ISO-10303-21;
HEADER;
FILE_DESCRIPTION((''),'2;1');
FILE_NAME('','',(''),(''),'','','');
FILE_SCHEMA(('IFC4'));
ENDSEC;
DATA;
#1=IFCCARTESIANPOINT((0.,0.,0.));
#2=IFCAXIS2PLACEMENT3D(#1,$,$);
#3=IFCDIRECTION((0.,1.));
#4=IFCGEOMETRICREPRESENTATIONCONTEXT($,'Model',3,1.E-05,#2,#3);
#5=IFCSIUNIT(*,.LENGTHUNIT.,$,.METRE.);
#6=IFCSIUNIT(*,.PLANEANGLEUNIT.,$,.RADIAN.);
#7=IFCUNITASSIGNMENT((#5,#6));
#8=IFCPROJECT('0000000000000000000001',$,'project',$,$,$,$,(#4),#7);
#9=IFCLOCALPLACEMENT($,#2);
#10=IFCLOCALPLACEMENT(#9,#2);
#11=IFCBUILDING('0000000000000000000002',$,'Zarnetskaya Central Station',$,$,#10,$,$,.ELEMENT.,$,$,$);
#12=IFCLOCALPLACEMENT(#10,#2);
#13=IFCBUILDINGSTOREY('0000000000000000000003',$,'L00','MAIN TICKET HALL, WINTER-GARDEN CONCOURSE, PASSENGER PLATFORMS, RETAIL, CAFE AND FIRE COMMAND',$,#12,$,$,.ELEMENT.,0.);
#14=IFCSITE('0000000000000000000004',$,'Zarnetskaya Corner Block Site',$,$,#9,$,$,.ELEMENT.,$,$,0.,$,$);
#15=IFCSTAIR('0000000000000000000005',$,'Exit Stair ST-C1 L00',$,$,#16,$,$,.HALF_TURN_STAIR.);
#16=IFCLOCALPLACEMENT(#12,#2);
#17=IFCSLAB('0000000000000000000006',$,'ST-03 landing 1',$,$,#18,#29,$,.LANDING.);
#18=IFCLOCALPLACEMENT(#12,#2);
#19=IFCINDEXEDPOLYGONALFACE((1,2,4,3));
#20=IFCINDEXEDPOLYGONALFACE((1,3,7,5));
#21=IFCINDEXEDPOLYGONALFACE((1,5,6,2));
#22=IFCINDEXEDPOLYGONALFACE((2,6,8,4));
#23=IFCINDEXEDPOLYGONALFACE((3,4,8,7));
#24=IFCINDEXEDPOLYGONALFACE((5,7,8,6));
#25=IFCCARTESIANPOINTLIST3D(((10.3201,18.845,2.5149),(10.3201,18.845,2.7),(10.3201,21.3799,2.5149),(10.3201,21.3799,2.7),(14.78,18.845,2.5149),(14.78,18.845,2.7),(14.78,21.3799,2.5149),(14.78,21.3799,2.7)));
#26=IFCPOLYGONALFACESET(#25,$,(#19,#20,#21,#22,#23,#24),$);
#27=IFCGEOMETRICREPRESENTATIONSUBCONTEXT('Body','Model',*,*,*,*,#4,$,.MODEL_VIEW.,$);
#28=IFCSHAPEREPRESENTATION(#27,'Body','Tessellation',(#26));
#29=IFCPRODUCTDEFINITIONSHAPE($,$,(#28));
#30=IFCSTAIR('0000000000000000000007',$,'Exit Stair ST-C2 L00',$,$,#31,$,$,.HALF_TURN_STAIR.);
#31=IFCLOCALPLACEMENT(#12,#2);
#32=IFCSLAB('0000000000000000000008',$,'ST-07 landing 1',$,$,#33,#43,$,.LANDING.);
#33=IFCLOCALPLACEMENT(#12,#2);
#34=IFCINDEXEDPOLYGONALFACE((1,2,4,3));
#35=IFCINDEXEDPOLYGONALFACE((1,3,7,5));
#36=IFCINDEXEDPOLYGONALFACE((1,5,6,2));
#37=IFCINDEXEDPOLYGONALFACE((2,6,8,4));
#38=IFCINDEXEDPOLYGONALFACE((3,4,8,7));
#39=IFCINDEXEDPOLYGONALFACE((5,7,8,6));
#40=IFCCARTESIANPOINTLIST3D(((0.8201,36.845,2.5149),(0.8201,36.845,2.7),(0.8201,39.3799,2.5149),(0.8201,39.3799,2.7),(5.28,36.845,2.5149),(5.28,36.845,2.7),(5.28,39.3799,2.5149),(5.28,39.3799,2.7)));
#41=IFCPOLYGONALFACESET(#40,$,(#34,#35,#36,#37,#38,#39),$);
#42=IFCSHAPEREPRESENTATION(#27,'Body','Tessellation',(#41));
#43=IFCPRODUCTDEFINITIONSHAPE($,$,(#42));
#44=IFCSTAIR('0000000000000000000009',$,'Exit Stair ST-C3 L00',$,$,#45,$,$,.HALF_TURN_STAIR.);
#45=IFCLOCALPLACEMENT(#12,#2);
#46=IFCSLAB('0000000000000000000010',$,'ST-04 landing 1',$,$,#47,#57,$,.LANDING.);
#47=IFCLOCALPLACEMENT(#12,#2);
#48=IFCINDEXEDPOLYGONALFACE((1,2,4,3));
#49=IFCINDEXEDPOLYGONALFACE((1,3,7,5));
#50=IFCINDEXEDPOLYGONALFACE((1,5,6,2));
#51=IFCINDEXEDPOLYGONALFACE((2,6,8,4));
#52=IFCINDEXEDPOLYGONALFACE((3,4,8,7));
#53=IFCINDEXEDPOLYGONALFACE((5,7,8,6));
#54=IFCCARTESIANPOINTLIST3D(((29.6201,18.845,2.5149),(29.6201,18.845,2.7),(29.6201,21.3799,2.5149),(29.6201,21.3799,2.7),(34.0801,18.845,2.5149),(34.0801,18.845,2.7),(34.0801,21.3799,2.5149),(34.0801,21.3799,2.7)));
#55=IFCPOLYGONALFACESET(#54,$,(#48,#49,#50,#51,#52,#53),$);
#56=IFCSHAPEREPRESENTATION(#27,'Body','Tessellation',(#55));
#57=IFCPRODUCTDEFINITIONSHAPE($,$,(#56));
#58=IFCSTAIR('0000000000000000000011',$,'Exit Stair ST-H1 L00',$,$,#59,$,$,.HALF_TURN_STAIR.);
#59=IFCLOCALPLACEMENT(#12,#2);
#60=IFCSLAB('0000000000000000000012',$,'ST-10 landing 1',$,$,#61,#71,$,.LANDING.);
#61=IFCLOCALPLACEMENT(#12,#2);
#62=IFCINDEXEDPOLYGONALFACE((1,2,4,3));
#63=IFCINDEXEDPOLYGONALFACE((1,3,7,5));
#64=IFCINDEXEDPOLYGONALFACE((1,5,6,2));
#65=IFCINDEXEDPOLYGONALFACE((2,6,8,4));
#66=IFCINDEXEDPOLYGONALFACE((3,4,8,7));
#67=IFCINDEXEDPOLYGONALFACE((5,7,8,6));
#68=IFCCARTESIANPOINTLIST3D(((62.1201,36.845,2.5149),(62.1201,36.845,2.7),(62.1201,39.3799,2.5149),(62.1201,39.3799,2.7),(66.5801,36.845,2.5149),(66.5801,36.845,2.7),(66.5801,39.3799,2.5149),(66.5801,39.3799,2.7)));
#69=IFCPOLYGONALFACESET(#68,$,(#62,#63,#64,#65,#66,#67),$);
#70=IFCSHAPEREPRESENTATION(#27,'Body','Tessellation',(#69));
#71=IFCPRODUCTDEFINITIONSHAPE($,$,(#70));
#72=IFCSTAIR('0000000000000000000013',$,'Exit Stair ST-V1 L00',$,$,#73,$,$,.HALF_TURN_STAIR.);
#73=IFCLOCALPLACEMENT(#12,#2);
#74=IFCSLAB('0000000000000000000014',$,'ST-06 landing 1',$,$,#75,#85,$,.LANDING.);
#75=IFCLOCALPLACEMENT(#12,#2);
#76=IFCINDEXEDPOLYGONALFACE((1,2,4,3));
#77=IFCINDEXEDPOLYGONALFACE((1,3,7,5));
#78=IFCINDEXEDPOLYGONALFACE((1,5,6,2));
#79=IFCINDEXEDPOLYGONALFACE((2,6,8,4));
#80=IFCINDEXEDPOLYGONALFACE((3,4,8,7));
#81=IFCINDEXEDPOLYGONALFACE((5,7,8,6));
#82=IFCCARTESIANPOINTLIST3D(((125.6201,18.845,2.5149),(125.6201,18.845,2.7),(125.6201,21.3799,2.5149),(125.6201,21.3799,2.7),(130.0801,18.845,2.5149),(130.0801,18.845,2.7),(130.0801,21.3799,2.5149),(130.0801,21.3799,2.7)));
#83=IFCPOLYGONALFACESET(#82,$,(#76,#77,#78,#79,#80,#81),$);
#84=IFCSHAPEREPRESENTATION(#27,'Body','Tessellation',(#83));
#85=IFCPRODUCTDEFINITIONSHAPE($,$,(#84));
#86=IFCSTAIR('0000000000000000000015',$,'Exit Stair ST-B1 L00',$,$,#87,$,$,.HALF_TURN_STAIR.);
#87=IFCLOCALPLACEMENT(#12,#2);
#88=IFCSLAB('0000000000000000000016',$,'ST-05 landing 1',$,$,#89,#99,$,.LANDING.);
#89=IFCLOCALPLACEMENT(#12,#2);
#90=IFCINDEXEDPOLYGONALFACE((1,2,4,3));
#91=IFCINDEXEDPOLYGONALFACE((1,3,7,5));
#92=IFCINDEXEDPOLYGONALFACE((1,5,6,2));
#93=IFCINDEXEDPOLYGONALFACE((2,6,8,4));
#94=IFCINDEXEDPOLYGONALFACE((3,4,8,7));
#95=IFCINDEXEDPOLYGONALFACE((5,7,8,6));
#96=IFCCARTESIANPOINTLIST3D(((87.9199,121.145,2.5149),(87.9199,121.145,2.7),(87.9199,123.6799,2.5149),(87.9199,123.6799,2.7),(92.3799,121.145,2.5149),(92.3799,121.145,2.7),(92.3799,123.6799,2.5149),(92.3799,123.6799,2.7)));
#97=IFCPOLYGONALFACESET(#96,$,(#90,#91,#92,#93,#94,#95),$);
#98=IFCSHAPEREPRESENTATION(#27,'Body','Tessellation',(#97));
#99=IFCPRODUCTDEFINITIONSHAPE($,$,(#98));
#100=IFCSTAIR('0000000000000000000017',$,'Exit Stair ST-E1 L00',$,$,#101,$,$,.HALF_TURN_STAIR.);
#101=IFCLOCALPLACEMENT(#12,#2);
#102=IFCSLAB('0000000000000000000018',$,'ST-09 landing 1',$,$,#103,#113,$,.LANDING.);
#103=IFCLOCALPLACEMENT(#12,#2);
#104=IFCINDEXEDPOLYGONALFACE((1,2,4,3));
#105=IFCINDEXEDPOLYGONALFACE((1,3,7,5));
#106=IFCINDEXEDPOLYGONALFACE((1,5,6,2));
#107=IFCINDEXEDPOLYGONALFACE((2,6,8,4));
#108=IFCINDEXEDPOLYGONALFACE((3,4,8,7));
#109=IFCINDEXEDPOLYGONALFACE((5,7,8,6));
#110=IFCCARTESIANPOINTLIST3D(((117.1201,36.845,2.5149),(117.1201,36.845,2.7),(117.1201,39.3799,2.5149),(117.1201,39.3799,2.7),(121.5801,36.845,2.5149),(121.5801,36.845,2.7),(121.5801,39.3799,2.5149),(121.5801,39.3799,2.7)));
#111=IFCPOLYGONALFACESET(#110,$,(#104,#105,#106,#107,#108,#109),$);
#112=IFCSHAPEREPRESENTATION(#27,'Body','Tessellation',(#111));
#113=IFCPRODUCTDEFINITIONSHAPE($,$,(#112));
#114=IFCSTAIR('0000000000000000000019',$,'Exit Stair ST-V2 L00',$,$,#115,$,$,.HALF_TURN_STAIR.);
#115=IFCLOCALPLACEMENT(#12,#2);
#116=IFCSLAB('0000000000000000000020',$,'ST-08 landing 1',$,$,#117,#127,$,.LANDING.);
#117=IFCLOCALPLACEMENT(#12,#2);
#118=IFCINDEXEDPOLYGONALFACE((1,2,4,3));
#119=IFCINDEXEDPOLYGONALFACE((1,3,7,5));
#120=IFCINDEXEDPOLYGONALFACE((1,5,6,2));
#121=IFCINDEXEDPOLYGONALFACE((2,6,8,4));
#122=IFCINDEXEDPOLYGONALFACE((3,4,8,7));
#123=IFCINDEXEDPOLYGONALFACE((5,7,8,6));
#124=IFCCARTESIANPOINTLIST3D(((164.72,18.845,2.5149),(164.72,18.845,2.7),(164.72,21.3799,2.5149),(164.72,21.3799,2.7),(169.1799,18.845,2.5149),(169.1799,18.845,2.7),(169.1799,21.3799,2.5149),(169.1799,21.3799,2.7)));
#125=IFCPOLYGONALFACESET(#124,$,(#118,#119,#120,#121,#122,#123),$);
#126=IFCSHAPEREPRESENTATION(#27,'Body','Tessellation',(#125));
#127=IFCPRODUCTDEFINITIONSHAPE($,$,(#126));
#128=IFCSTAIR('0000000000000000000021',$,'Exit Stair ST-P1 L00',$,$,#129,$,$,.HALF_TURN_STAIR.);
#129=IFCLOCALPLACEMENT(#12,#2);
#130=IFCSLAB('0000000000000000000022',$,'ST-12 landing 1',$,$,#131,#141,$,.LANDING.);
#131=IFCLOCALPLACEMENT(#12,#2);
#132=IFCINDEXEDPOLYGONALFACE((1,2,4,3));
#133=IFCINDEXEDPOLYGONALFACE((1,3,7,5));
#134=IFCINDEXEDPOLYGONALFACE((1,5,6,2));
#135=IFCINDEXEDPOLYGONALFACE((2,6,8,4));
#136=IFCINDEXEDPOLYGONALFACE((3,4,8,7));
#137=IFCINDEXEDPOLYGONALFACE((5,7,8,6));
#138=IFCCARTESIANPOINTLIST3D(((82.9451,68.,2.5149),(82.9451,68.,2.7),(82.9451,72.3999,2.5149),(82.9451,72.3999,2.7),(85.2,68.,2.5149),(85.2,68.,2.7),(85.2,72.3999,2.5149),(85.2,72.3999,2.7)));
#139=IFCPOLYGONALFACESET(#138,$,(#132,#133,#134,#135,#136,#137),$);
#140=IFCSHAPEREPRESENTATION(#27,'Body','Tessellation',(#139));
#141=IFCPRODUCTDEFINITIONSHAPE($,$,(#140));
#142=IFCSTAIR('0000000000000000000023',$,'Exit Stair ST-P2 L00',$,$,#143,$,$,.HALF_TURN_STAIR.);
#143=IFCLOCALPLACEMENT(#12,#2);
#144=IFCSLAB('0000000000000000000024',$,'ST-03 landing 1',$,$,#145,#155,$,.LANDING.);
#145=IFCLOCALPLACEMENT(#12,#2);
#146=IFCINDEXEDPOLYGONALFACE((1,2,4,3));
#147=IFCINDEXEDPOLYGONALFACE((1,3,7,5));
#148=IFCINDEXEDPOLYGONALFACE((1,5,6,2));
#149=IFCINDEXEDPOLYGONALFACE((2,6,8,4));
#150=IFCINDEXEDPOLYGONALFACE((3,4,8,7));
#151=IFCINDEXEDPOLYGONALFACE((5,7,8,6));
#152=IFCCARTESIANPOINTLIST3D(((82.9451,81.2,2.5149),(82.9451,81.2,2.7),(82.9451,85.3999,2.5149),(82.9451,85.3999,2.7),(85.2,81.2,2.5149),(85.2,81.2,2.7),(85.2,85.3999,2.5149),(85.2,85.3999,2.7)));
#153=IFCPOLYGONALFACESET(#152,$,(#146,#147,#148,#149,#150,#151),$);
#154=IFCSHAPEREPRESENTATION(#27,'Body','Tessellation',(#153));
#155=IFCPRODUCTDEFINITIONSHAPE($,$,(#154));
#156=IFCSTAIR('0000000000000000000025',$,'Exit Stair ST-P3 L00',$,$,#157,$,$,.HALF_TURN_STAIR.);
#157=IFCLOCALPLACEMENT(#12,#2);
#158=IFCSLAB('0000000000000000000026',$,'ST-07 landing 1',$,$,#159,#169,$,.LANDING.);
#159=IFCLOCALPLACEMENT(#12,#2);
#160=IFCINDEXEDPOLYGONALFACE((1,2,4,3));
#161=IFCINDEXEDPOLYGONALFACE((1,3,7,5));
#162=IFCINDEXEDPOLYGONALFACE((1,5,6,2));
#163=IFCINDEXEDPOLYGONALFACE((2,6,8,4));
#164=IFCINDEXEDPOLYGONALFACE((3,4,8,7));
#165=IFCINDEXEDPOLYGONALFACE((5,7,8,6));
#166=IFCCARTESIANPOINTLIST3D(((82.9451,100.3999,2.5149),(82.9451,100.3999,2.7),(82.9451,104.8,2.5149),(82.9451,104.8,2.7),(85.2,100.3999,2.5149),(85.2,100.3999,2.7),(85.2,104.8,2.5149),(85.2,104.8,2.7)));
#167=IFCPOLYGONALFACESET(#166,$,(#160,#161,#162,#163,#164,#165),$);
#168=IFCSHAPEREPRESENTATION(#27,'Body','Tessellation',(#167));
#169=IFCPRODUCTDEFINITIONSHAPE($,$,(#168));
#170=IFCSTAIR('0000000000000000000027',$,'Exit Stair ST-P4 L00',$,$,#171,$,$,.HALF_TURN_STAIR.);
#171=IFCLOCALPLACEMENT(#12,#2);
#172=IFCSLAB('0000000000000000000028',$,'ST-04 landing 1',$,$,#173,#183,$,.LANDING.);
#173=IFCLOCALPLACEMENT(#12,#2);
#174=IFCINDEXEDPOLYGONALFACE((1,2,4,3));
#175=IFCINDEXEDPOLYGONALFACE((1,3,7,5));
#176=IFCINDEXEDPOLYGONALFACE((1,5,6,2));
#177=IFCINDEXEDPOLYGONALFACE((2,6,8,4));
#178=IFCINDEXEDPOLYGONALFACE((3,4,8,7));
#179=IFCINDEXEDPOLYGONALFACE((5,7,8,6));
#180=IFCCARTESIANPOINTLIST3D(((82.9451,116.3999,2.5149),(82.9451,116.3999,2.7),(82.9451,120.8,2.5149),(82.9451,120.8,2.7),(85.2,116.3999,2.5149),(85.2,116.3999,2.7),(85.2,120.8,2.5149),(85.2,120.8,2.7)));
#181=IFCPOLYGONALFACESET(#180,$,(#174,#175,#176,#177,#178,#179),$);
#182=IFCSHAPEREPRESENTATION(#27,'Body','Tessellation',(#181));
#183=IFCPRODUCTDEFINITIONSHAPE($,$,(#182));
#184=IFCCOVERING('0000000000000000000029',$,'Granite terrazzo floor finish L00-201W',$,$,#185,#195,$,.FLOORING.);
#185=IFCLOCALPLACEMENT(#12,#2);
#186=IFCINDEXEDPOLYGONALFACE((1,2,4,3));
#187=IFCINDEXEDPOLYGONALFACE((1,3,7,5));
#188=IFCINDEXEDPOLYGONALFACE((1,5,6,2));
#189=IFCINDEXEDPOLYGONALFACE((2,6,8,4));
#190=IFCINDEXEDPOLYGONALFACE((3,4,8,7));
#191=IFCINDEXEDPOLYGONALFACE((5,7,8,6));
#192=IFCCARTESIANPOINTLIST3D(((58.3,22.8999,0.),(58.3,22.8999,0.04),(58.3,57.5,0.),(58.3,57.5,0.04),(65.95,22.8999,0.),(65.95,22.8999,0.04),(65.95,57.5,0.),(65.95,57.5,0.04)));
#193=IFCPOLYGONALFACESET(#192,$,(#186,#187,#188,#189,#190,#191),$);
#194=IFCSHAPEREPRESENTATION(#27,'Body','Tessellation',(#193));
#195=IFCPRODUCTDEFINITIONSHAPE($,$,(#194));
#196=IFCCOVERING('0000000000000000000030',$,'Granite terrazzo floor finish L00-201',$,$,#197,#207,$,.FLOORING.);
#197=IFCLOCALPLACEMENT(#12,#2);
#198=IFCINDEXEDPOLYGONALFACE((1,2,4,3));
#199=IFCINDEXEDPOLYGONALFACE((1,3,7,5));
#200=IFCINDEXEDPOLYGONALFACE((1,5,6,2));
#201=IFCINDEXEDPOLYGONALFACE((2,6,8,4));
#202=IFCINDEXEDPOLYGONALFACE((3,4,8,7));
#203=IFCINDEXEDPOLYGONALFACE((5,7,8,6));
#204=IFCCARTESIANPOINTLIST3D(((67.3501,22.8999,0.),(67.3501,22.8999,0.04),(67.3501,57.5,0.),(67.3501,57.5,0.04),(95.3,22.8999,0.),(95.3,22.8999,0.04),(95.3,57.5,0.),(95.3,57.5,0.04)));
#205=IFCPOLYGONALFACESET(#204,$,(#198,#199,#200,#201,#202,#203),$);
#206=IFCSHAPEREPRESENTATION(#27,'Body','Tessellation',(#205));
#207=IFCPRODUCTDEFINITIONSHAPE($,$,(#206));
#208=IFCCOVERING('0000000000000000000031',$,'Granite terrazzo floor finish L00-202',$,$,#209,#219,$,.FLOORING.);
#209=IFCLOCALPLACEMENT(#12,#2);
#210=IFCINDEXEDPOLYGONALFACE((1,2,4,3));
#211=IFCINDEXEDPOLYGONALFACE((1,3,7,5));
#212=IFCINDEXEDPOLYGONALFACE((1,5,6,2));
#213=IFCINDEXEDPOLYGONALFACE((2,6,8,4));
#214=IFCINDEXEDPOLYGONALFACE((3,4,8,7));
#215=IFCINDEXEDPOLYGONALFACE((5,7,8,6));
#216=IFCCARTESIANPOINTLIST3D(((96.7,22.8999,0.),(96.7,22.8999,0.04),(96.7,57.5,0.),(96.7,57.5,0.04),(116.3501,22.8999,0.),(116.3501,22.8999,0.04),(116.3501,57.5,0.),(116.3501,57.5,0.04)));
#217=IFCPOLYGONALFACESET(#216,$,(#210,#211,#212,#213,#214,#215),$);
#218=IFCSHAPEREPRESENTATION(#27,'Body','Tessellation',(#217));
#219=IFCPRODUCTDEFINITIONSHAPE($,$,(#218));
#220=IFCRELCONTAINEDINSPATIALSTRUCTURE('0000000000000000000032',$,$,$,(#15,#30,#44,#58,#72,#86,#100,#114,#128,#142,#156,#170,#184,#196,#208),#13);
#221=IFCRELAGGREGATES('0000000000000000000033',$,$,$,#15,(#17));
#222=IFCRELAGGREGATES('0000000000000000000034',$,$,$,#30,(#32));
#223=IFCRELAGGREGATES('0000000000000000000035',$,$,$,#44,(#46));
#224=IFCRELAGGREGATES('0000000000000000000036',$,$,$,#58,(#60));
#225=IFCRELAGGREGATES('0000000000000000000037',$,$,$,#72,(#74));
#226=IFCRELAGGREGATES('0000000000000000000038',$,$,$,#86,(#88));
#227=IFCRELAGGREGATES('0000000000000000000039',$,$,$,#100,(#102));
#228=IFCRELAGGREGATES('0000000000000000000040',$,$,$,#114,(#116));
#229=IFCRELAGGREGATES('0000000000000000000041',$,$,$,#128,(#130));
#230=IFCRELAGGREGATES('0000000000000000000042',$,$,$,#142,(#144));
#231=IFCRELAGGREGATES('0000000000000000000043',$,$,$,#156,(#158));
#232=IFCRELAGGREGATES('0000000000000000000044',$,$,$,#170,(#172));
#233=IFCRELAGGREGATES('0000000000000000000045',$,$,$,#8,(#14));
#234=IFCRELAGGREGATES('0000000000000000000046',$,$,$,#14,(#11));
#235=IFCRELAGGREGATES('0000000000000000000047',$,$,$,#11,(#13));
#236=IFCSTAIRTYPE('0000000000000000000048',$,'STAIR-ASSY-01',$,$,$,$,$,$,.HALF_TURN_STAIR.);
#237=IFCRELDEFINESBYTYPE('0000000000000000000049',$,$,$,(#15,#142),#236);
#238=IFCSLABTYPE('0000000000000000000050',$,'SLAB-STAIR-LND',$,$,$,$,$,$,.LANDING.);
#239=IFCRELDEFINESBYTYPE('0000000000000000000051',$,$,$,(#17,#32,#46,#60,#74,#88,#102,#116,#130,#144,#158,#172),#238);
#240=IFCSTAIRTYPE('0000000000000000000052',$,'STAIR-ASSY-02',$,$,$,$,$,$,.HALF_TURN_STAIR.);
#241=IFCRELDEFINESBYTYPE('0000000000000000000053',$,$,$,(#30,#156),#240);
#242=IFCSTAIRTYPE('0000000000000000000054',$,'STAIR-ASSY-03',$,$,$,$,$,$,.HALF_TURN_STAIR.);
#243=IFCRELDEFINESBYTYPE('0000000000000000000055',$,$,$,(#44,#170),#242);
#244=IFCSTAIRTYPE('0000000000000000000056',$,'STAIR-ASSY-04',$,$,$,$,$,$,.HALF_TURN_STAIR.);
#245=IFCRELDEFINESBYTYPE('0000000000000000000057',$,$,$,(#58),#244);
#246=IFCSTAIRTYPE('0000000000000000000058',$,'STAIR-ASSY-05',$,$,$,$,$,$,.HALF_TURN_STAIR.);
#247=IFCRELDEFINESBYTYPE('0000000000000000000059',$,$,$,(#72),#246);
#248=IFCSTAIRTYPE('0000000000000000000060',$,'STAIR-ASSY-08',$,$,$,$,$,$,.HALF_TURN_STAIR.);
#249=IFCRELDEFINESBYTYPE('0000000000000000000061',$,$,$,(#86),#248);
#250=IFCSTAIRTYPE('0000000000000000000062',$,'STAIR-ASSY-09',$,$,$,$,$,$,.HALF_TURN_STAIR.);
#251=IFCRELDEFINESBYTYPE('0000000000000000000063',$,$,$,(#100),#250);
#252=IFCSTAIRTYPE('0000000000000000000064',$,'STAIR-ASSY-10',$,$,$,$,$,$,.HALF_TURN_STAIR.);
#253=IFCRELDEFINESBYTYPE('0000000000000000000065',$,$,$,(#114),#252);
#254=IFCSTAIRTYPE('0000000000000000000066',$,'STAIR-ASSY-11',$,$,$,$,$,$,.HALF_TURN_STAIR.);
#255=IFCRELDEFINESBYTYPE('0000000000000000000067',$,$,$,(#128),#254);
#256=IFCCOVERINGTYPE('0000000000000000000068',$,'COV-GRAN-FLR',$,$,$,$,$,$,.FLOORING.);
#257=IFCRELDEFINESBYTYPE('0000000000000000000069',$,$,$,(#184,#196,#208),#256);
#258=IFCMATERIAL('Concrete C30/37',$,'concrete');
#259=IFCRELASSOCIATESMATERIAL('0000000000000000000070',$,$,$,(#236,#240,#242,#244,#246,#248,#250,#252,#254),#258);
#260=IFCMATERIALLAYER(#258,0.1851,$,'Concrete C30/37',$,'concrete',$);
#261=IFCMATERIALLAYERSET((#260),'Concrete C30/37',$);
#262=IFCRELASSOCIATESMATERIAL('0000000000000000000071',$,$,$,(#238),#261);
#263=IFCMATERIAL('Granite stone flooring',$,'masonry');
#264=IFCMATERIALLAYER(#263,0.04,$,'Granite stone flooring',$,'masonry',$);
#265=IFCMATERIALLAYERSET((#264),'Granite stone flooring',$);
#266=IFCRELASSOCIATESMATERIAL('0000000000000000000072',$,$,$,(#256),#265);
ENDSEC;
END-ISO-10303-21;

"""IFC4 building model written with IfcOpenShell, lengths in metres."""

from ifc_helpers import new_model, si_unit, direction, frame, origin, place, context, subcontext, project, spatial, polyline, outline, extrude, material, layer, layer_set, type_object, element, aggregate, save


model = new_model("IFC4")

# Units and contexts
model_context = context("Model", 3, precision=1e-05, world=origin(), true_north=direction((0.0, 1.0)))
body_context = subcontext(model_context, "Body", "Model", "MODEL_VIEW")
ifc_project = project(units=[si_unit("LENGTHUNIT", "METRE"), si_unit("PLANEANGLEUNIT", "RADIAN")], contexts=[model_context])

# Site, building, storey
site_placement = place(None, origin())
site = spatial("IfcSite", under=ifc_project, at=site_placement, Name="Zarnetskaya Corner Block Site", CompositionType="ELEMENT", RefElevation=0.0)
building_placement = place(site_placement, origin())
building = spatial("IfcBuilding", under=site, at=building_placement, Name="Zarnetskaya Central Station", CompositionType="ELEMENT")
storey_placement = place(building_placement, origin())
storey = spatial("IfcBuildingStorey", under=building, at=storey_placement, Name="L00", Description="MAIN TICKET HALL, WINTER-GARDEN CONCOURSE, PASSENGER PLATFORMS, RETAIL, CAFE AND FIRE COMMAND", CompositionType="ELEMENT", Elevation=0.0)

# Stairs, slabs
ifc_material_1 = material(Name="Concrete C30/37", Category="concrete")
stair_type_1 = type_object("IfcStairType", Name="STAIR-ASSY-01", PredefinedType="HALF_TURN_STAIR", material=ifc_material_1)
stair_1_placement = place(storey_placement, origin())
stair_1 = element("IfcStair", 1, at=stair_1_placement, inside=storey, type_object=stair_type_1, Name="Exit Stair ST-C1 L00", PredefinedType="HALF_TURN_STAIR")
ifc_layer_1 = layer(ifc_material_1, 0.1851, Name="Concrete C30/37", Category="concrete")
ifc_layer_set_1 = layer_set([ifc_layer_1], Name="Concrete C30/37")
slab_type = type_object("IfcSlabType", Name="SLAB-STAIR-LND", PredefinedType="LANDING", material=ifc_layer_set_1)
slab_1_placement = place(storey_placement, frame((0.0, 0.0, 2.5149)))
slab_1 = element("IfcSlab", 2, at=slab_1_placement, type_object=slab_type, Name="ST-03 landing 1", PredefinedType="LANDING", context=body_context, shape_type="SweptSolid", body=[
    extrude(outline(polyline([(10.3201, 18.845), (14.78, 18.845), (14.78, 21.3799), (10.3201, 21.3799), (10.3201, 18.845)])), origin(), (0.0, 0.0, 1.0), 0.1851),
])
aggregate(stair_1, [slab_1])
stair_type_2 = type_object("IfcStairType", Name="STAIR-ASSY-02", PredefinedType="HALF_TURN_STAIR", material=ifc_material_1)
stair_2_placement = place(storey_placement, origin())
stair_2 = element("IfcStair", 3, at=stair_2_placement, inside=storey, type_object=stair_type_2, Name="Exit Stair ST-C2 L00", PredefinedType="HALF_TURN_STAIR")
slab_2_placement = place(storey_placement, frame((0.0, 0.0, 2.5149)))
slab_2 = element("IfcSlab", 4, at=slab_2_placement, type_object=slab_type, Name="ST-07 landing 1", PredefinedType="LANDING", context=body_context, shape_type="SweptSolid", body=[
    extrude(outline(polyline([(0.8201, 36.845), (5.28, 36.845), (5.28, 39.3799), (0.8201, 39.3799), (0.8201, 36.845)])), origin(), (0.0, 0.0, 1.0), 0.1851),
])
aggregate(stair_2, [slab_2])
stair_type_3 = type_object("IfcStairType", Name="STAIR-ASSY-03", PredefinedType="HALF_TURN_STAIR", material=ifc_material_1)
stair_3_placement = place(storey_placement, origin())
stair_3 = element("IfcStair", 5, at=stair_3_placement, inside=storey, type_object=stair_type_3, Name="Exit Stair ST-C3 L00", PredefinedType="HALF_TURN_STAIR")
slab_3_placement = place(storey_placement, frame((0.0, 0.0, 2.5149)))
slab_3 = element("IfcSlab", 6, at=slab_3_placement, type_object=slab_type, Name="ST-04 landing 1", PredefinedType="LANDING", context=body_context, shape_type="SweptSolid", body=[
    extrude(outline(polyline([(29.6201, 18.845), (34.0801, 18.845), (34.0801, 21.3799), (29.6201, 21.3799), (29.6201, 18.845)])), origin(), (0.0, 0.0, 1.0), 0.1851),
])
aggregate(stair_3, [slab_3])
stair_type_4 = type_object("IfcStairType", Name="STAIR-ASSY-04", PredefinedType="HALF_TURN_STAIR", material=ifc_material_1)
stair_4_placement = place(storey_placement, origin())
stair_4 = element("IfcStair", 7, at=stair_4_placement, inside=storey, type_object=stair_type_4, Name="Exit Stair ST-H1 L00", PredefinedType="HALF_TURN_STAIR")
slab_4_placement = place(storey_placement, frame((0.0, 0.0, 2.5149)))
slab_4 = element("IfcSlab", 8, at=slab_4_placement, type_object=slab_type, Name="ST-10 landing 1", PredefinedType="LANDING", context=body_context, shape_type="SweptSolid", body=[
    extrude(outline(polyline([(62.1201, 36.845), (66.5801, 36.845), (66.5801, 39.3799), (62.1201, 39.3799), (62.1201, 36.845)])), origin(), (0.0, 0.0, 1.0), 0.1851),
])
aggregate(stair_4, [slab_4])
stair_type_5 = type_object("IfcStairType", Name="STAIR-ASSY-05", PredefinedType="HALF_TURN_STAIR", material=ifc_material_1)
stair_5_placement = place(storey_placement, origin())
stair_5 = element("IfcStair", 9, at=stair_5_placement, inside=storey, type_object=stair_type_5, Name="Exit Stair ST-V1 L00", PredefinedType="HALF_TURN_STAIR")
slab_5_placement = place(storey_placement, frame((0.0, 0.0, 2.5149)))
slab_5 = element("IfcSlab", 10, at=slab_5_placement, type_object=slab_type, Name="ST-06 landing 1", PredefinedType="LANDING", context=body_context, shape_type="SweptSolid", body=[
    extrude(outline(polyline([(125.6201, 18.845), (130.0801, 18.845), (130.0801, 21.3799), (125.6201, 21.3799), (125.6201, 18.845)])), origin(), (0.0, 0.0, 1.0), 0.1851),
])
aggregate(stair_5, [slab_5])
stair_type_6 = type_object("IfcStairType", Name="STAIR-ASSY-08", PredefinedType="HALF_TURN_STAIR", material=ifc_material_1)
stair_6_placement = place(storey_placement, origin())
stair_6 = element("IfcStair", 11, at=stair_6_placement, inside=storey, type_object=stair_type_6, Name="Exit Stair ST-B1 L00", PredefinedType="HALF_TURN_STAIR")
slab_6_placement = place(storey_placement, frame((0.0, 0.0, 2.5149)))
slab_6 = element("IfcSlab", 12, at=slab_6_placement, type_object=slab_type, Name="ST-05 landing 1", PredefinedType="LANDING", context=body_context, shape_type="SweptSolid", body=[
    extrude(outline(polyline([(87.9199, 121.145), (92.3799, 121.145), (92.3799, 123.6799), (87.9199, 123.6799), (87.9199, 121.145)])), origin(), (0.0, 0.0, 1.0), 0.1851),
])
aggregate(stair_6, [slab_6])
stair_type_7 = type_object("IfcStairType", Name="STAIR-ASSY-09", PredefinedType="HALF_TURN_STAIR", material=ifc_material_1)
stair_7_placement = place(storey_placement, origin())
stair_7 = element("IfcStair", 13, at=stair_7_placement, inside=storey, type_object=stair_type_7, Name="Exit Stair ST-E1 L00", PredefinedType="HALF_TURN_STAIR")
slab_7_placement = place(storey_placement, frame((0.0, 0.0, 2.5149)))
slab_7 = element("IfcSlab", 14, at=slab_7_placement, type_object=slab_type, Name="ST-09 landing 1", PredefinedType="LANDING", context=body_context, shape_type="SweptSolid", body=[
    extrude(outline(polyline([(117.1201, 36.845), (121.5801, 36.845), (121.5801, 39.3799), (117.1201, 39.3799), (117.1201, 36.845)])), origin(), (0.0, 0.0, 1.0), 0.1851),
])
aggregate(stair_7, [slab_7])
stair_type_8 = type_object("IfcStairType", Name="STAIR-ASSY-10", PredefinedType="HALF_TURN_STAIR", material=ifc_material_1)
stair_8_placement = place(storey_placement, origin())
stair_8 = element("IfcStair", 15, at=stair_8_placement, inside=storey, type_object=stair_type_8, Name="Exit Stair ST-V2 L00", PredefinedType="HALF_TURN_STAIR")
slab_8_placement = place(storey_placement, frame((0.0, 0.0, 2.5149)))
slab_8 = element("IfcSlab", 16, at=slab_8_placement, type_object=slab_type, Name="ST-08 landing 1", PredefinedType="LANDING", context=body_context, shape_type="SweptSolid", body=[
    extrude(outline(polyline([(164.72, 18.845), (169.1799, 18.845), (169.1799, 21.3799), (164.72, 21.3799), (164.72, 18.845)])), origin(), (0.0, 0.0, 1.0), 0.1851),
])
aggregate(stair_8, [slab_8])
stair_type_9 = type_object("IfcStairType", Name="STAIR-ASSY-11", PredefinedType="HALF_TURN_STAIR", material=ifc_material_1)
stair_9_placement = place(storey_placement, origin())
stair_9 = element("IfcStair", 17, at=stair_9_placement, inside=storey, type_object=stair_type_9, Name="Exit Stair ST-P1 L00", PredefinedType="HALF_TURN_STAIR")
slab_9_placement = place(storey_placement, frame((0.0, 0.0, 2.5149)))
slab_9 = element("IfcSlab", 18, at=slab_9_placement, type_object=slab_type, Name="ST-12 landing 1", PredefinedType="LANDING", context=body_context, shape_type="SweptSolid", body=[
    extrude(outline(polyline([(82.9451, 68.0), (85.2, 68.0), (85.2, 72.3999), (82.9451, 72.3999), (82.9451, 68.0)])), origin(), (0.0, 0.0, 1.0), 0.1851),
])
aggregate(stair_9, [slab_9])
stair_10_placement = place(storey_placement, origin())
stair_10 = element("IfcStair", 19, at=stair_10_placement, inside=storey, type_object=stair_type_1, Name="Exit Stair ST-P2 L00", PredefinedType="HALF_TURN_STAIR")
slab_10_placement = place(storey_placement, frame((0.0, 0.0, 2.5149)))
slab_10 = element("IfcSlab", 20, at=slab_10_placement, type_object=slab_type, Name="ST-03 landing 1", PredefinedType="LANDING", context=body_context, shape_type="SweptSolid", body=[
    extrude(outline(polyline([(82.9451, 81.2), (85.2, 81.2), (85.2, 85.3999), (82.9451, 85.3999), (82.9451, 81.2)])), origin(), (0.0, 0.0, 1.0), 0.1851),
])
aggregate(stair_10, [slab_10])
stair_11_placement = place(storey_placement, origin())
stair_11 = element("IfcStair", 21, at=stair_11_placement, inside=storey, type_object=stair_type_2, Name="Exit Stair ST-P3 L00", PredefinedType="HALF_TURN_STAIR")
slab_11_placement = place(storey_placement, frame((0.0, 0.0, 2.5149)))
slab_11 = element("IfcSlab", 22, at=slab_11_placement, type_object=slab_type, Name="ST-07 landing 1", PredefinedType="LANDING", context=body_context, shape_type="SweptSolid", body=[
    extrude(outline(polyline([(82.9451, 100.3999), (85.2, 100.3999), (85.2, 104.8), (82.9451, 104.8), (82.9451, 100.3999)])), origin(), (0.0, 0.0, 1.0), 0.1851),
])
aggregate(stair_11, [slab_11])
stair_12_placement = place(storey_placement, origin())
stair_12 = element("IfcStair", 23, at=stair_12_placement, inside=storey, type_object=stair_type_3, Name="Exit Stair ST-P4 L00", PredefinedType="HALF_TURN_STAIR")
slab_12_placement = place(storey_placement, frame((0.0, 0.0, 2.5149)))
slab_12 = element("IfcSlab", 24, at=slab_12_placement, type_object=slab_type, Name="ST-04 landing 1", PredefinedType="LANDING", context=body_context, shape_type="SweptSolid", body=[
    extrude(outline(polyline([(82.9451, 116.3999), (85.2, 116.3999), (85.2, 120.8), (82.9451, 120.8), (82.9451, 116.3999)])), origin(), (0.0, 0.0, 1.0), 0.1851),
])
aggregate(stair_12, [slab_12])

# Coverings
ifc_material_2 = material(Name="Granite stone flooring", Category="masonry")
ifc_layer_2 = layer(ifc_material_2, 0.04, Name="Granite stone flooring", Category="masonry")
ifc_layer_set_2 = layer_set([ifc_layer_2], Name="Granite stone flooring")
covering_type_1 = type_object("IfcCoveringType", Name="COV-GRAN-FLR", PredefinedType="FLOORING", material=ifc_layer_set_2)
covering_1_placement = place(storey_placement, origin())
element("IfcCovering", 25, at=covering_1_placement, inside=storey, type_object=covering_type_1, Name="Granite terrazzo floor finish L00-201W", PredefinedType="FLOORING", context=body_context, shape_type="SweptSolid", body=[
    extrude(outline(polyline([(58.3, 22.8999), (65.95, 22.8999), (65.95, 57.5), (58.3, 57.5), (58.3, 22.8999)])), origin(), (0.0, 0.0, 1.0), 0.04),
])
covering_2_placement = place(storey_placement, origin())
element("IfcCovering", 26, at=covering_2_placement, inside=storey, type_object=covering_type_1, Name="Granite terrazzo floor finish L00-201", PredefinedType="FLOORING", context=body_context, shape_type="SweptSolid", body=[
    extrude(outline(polyline([(67.3501, 22.8999), (95.3, 22.8999), (95.3, 57.5), (67.3501, 57.5), (67.3501, 22.8999)])), origin(), (0.0, 0.0, 1.0), 0.04),
])
covering_3_placement = place(storey_placement, origin())
element("IfcCovering", 27, at=covering_3_placement, inside=storey, type_object=covering_type_1, Name="Granite terrazzo floor finish L00-202", PredefinedType="FLOORING", context=body_context, shape_type="SweptSolid", body=[
    extrude(outline(polyline([(96.7, 22.8999), (116.3501, 22.8999), (116.3501, 57.5), (96.7, 57.5), (96.7, 22.8999)])), origin(), (0.0, 0.0, 1.0), 0.04),
])

save(model, "model.ifc")
